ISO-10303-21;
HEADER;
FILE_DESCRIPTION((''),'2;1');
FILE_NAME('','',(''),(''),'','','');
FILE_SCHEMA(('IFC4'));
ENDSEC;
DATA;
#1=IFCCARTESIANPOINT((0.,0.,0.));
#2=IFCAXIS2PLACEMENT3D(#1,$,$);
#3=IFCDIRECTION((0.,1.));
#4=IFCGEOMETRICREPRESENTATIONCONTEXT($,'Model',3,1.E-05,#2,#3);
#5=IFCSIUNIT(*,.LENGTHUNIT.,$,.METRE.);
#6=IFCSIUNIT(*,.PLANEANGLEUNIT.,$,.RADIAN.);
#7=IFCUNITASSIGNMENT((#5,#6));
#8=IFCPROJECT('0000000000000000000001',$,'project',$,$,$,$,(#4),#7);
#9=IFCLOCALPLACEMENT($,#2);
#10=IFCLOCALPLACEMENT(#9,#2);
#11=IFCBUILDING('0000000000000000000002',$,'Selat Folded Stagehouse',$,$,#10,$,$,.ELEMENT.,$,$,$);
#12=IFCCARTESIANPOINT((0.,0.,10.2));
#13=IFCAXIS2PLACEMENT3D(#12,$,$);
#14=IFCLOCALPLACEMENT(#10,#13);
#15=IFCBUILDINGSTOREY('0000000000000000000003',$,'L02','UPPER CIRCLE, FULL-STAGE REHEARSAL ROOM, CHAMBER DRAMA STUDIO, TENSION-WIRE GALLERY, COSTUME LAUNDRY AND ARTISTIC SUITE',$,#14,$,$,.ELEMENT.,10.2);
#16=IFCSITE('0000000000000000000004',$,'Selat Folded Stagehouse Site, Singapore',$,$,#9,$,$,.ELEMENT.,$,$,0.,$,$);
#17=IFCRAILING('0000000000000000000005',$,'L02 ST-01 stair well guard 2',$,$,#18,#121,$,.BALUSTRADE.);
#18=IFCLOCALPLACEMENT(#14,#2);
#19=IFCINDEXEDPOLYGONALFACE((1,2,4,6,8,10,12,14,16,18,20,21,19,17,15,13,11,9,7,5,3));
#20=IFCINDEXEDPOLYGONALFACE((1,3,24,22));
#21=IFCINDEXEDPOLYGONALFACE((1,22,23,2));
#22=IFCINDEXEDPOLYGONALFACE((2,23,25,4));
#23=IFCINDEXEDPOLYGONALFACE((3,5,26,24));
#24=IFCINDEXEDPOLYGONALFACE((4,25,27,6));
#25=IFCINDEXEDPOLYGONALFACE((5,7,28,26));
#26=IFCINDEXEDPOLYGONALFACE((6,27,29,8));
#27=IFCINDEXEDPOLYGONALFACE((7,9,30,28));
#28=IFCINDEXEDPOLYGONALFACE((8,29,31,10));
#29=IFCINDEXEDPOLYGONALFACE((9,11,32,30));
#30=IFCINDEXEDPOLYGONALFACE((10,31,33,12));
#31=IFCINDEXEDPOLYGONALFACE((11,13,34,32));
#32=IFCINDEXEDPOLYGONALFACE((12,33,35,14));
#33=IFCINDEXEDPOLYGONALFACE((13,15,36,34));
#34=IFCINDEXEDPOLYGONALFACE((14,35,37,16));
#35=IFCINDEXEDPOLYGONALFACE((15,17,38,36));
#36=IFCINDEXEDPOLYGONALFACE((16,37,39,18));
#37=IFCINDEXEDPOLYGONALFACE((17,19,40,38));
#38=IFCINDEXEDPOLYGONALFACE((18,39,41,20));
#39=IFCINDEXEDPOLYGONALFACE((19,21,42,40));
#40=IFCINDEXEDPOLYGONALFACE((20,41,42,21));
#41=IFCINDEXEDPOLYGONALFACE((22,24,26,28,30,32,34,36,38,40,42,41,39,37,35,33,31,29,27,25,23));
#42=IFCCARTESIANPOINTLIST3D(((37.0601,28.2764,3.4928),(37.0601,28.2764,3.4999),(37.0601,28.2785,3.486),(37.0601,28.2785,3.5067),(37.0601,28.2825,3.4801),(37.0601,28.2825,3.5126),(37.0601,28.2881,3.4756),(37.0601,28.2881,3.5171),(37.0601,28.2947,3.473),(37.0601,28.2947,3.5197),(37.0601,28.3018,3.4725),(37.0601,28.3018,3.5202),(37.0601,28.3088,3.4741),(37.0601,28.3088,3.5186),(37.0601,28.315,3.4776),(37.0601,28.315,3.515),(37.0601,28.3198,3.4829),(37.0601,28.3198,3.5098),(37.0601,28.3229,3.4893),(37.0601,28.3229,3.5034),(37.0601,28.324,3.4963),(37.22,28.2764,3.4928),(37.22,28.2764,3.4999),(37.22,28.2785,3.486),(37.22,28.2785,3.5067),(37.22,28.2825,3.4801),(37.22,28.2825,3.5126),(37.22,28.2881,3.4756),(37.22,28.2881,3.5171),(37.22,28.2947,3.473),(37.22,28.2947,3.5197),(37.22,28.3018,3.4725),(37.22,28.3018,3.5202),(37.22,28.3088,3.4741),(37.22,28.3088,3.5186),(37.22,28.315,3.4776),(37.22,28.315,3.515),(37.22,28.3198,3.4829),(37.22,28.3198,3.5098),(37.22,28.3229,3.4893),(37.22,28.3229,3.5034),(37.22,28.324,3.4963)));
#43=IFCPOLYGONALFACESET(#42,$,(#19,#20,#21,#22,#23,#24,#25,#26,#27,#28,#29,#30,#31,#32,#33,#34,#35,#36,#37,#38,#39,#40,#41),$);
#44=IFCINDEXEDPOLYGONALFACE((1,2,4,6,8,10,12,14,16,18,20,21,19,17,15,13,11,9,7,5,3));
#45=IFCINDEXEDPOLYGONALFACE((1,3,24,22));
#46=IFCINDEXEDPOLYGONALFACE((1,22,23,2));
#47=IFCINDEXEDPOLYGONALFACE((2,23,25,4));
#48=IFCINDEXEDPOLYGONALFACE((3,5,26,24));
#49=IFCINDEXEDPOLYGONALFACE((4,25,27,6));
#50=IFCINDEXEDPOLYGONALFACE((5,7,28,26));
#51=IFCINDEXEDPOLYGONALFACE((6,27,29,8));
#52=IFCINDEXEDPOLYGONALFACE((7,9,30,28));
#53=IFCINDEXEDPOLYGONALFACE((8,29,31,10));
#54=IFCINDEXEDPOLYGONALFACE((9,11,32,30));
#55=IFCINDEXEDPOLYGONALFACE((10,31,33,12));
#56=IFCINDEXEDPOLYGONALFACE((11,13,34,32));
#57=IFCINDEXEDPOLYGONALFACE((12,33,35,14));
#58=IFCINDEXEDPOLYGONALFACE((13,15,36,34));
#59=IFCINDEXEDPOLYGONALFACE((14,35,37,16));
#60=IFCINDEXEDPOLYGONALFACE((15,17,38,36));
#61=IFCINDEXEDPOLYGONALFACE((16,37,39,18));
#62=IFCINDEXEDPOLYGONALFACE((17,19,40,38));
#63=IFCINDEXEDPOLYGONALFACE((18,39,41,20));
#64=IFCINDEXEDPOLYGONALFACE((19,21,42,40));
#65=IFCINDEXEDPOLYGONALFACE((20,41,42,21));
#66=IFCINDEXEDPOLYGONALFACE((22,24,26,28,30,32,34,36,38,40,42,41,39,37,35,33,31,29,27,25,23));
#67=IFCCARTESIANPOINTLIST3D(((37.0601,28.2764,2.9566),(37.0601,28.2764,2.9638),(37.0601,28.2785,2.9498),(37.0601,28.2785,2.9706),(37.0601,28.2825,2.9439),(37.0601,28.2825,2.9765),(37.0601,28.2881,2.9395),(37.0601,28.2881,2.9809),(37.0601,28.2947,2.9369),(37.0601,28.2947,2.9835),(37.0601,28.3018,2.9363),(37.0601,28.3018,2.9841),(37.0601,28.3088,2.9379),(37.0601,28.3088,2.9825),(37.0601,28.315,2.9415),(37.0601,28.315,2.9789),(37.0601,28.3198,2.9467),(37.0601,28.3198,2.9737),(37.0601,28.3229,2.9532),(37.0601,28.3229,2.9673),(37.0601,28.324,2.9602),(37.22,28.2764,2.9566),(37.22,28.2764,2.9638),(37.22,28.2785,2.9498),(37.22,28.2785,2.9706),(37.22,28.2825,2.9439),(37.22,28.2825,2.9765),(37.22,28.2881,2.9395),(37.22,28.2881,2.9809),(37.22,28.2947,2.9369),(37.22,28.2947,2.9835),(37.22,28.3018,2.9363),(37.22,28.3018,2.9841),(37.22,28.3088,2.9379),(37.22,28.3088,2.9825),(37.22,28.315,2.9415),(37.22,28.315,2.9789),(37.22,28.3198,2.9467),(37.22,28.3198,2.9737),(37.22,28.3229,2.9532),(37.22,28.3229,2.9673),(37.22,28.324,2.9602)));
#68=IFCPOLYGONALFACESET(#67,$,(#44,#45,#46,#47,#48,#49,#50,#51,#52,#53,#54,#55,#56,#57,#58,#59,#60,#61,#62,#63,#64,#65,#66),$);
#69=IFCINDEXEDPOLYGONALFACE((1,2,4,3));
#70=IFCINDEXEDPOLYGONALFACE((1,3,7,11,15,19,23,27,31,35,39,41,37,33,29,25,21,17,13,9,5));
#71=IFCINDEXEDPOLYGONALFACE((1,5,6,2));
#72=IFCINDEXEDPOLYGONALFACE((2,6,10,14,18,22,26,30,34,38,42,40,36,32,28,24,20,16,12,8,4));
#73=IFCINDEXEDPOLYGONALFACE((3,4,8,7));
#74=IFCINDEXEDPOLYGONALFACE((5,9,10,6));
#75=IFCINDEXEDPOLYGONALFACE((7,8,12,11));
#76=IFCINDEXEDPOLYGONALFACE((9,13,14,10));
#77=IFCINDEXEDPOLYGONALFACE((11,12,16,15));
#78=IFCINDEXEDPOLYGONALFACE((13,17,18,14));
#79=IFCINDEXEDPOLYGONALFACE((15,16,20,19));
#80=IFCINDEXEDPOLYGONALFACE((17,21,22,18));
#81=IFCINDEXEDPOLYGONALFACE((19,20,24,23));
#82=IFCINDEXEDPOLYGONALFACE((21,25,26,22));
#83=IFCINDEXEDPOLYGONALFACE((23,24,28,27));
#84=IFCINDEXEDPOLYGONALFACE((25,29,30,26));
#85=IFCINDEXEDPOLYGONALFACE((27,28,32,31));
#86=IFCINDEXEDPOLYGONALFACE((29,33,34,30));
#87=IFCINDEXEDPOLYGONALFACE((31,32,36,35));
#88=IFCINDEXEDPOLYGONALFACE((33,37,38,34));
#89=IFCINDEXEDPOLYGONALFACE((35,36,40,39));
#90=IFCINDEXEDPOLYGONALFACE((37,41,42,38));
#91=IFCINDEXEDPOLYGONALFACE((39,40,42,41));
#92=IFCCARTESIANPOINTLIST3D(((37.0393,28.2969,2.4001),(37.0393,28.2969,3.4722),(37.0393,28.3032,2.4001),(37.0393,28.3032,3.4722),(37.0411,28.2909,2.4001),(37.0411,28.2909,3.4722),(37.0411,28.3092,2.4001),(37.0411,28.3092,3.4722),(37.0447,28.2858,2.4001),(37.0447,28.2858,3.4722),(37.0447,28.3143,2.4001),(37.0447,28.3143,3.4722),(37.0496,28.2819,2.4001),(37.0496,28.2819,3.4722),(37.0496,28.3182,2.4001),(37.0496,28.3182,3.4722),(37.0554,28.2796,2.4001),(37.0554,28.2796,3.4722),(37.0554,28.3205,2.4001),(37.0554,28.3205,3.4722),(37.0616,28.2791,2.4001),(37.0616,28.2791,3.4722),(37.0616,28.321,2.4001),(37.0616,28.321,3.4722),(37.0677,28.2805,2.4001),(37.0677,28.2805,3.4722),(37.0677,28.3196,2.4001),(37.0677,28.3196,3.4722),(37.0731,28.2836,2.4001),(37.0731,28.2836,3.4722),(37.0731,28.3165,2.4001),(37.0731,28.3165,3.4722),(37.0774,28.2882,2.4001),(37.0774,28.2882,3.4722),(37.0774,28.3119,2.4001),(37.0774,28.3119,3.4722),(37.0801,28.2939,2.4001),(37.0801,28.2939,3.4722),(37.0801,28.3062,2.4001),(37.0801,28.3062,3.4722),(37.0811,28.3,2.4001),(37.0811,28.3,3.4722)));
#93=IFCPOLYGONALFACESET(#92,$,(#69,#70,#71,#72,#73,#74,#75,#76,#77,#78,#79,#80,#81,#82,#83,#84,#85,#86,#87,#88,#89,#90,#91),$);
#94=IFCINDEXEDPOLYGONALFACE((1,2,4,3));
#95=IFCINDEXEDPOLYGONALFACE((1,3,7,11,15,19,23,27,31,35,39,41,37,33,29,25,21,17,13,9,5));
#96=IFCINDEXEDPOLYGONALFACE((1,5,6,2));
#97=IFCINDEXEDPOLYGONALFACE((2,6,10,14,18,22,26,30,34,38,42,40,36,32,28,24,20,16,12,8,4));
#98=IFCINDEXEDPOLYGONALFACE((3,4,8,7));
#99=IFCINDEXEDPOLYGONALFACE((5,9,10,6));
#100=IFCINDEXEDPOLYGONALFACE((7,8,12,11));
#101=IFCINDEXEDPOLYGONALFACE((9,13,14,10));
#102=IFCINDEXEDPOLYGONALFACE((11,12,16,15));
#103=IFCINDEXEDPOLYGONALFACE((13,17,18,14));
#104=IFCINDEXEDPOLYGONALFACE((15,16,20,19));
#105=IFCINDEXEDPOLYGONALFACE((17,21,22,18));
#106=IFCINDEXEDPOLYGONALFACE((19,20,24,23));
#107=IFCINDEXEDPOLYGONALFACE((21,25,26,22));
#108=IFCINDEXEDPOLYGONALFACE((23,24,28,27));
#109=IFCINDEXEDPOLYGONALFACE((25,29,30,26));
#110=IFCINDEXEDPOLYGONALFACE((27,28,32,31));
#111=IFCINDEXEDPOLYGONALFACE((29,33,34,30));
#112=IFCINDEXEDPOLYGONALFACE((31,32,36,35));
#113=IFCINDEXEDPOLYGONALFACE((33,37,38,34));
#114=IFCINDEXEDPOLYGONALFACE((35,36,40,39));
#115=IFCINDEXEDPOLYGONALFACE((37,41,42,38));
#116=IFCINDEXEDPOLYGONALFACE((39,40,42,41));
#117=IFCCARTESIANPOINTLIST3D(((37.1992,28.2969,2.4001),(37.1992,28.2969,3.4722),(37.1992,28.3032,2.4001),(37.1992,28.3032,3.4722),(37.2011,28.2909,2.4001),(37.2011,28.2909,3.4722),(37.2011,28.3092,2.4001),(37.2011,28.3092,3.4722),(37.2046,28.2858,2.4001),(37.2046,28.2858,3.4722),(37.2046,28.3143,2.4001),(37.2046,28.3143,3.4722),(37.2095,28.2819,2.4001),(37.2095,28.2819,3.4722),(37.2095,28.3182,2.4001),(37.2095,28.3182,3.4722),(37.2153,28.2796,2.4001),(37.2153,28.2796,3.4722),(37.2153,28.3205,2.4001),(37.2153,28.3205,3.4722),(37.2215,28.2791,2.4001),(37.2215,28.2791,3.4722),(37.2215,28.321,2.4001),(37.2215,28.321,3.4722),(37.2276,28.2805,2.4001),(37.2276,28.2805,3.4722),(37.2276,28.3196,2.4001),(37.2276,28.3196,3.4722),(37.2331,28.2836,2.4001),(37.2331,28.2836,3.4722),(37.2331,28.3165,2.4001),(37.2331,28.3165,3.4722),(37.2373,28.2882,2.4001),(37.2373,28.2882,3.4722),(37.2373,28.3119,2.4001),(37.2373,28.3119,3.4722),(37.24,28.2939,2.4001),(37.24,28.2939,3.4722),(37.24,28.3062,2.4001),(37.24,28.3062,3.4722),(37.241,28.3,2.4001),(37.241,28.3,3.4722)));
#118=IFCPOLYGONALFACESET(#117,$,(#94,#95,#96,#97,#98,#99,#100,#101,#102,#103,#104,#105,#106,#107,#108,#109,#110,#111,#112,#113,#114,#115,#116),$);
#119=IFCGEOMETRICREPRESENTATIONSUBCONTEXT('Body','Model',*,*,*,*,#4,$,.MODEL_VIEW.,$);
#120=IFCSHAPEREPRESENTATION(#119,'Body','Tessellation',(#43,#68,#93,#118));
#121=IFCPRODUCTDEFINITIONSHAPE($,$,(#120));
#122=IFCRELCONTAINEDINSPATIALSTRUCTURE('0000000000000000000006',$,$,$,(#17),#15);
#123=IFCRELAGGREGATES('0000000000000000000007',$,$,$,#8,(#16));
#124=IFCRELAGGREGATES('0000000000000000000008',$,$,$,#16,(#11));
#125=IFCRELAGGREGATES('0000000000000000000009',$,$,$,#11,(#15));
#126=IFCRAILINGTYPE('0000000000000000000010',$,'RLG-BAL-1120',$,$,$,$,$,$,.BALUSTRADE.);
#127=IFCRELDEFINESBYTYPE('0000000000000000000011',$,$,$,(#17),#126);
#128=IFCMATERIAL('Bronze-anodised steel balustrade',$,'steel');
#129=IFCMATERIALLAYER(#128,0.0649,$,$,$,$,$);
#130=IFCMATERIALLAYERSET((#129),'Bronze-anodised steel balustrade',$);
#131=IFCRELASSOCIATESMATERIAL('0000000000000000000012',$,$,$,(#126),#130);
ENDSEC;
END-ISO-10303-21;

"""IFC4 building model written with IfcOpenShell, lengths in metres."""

from ifc_helpers import new_model, si_unit, direction, frame, origin, origin_2d, place, context, subcontext, project, spatial, circle, extrude, material, layer, layer_set, type_object, element, save


model = new_model("IFC4")

# Units and contexts
model_context = context("Model", 3, precision=1e-05, world=origin(), true_north=direction((0.0, 1.0)))
body_context = subcontext(model_context, "Body", "Model", "MODEL_VIEW")
ifc_project = project(units=[si_unit("LENGTHUNIT", "METRE"), si_unit("PLANEANGLEUNIT", "RADIAN")], contexts=[model_context])

# Site, building, storey
site_placement = place(None, origin())
site = spatial("IfcSite", under=ifc_project, at=site_placement, Name="Selat Folded Stagehouse Site, Singapore", CompositionType="ELEMENT", RefElevation=0.0)
building_placement = place(site_placement, origin())
building = spatial("IfcBuilding", under=site, at=building_placement, Name="Selat Folded Stagehouse", CompositionType="ELEMENT")
storey_placement = place(building_placement, frame((0.0, 0.0, 10.2)))
storey = spatial("IfcBuildingStorey", under=building, at=storey_placement, Name="L02", Description="UPPER CIRCLE, FULL-STAGE REHEARSAL ROOM, CHAMBER DRAMA STUDIO, TENSION-WIRE GALLERY, COSTUME LAUNDRY AND ARTISTIC SUITE", CompositionType="ELEMENT", Elevation=10.2)

# Railing
ifc_material_1 = material(Name="Bronze-anodised steel balustrade", Category="steel")
ifc_layer_1 = layer(ifc_material_1, 0.0649)
ifc_layer_set_1 = layer_set([ifc_layer_1], Name="Bronze-anodised steel balustrade")
railing_type_1 = type_object("IfcRailingType", Name="RLG-BAL-1120", PredefinedType="BALUSTRADE", material=ifc_layer_set_1)
railing_1_placement = place(storey_placement, frame((37.0601, 28.3, 2.4001)))
element("IfcRailing", 1, at=railing_1_placement, inside=storey, type_object=railing_type_1, Name="L02 ST-01 stair well guard 2", PredefinedType="BALUSTRADE", context=body_context, shape_type="SweptSolid", body=[
    extrude(circle(Radius=0.0239, at=origin_2d()), frame((0.0, 0.0, 1.0962), z_axis=(1.0, 0.0, 0.0), x_axis=(0.0, 1.0, 0.0)), (0.0, 0.0, 1.0), 0.1599),
    extrude(circle(Radius=0.0239, at=origin_2d()), frame((0.0, 0.0, 0.5601), z_axis=(1.0, 0.0, 0.0), x_axis=(0.0, 1.0, 0.0)), (0.0, 0.0, 1.0), 0.1599),
    extrude(circle(Radius=0.021, at=origin_2d()), origin(), (0.0, 0.0, 1.0), 1.072),
    extrude(circle(Radius=0.021, at=origin_2d()), frame((0.1599, 0.0, 0.0)), (0.0, 0.0, 1.0), 1.072),
])

save(model, "model.ifc")
